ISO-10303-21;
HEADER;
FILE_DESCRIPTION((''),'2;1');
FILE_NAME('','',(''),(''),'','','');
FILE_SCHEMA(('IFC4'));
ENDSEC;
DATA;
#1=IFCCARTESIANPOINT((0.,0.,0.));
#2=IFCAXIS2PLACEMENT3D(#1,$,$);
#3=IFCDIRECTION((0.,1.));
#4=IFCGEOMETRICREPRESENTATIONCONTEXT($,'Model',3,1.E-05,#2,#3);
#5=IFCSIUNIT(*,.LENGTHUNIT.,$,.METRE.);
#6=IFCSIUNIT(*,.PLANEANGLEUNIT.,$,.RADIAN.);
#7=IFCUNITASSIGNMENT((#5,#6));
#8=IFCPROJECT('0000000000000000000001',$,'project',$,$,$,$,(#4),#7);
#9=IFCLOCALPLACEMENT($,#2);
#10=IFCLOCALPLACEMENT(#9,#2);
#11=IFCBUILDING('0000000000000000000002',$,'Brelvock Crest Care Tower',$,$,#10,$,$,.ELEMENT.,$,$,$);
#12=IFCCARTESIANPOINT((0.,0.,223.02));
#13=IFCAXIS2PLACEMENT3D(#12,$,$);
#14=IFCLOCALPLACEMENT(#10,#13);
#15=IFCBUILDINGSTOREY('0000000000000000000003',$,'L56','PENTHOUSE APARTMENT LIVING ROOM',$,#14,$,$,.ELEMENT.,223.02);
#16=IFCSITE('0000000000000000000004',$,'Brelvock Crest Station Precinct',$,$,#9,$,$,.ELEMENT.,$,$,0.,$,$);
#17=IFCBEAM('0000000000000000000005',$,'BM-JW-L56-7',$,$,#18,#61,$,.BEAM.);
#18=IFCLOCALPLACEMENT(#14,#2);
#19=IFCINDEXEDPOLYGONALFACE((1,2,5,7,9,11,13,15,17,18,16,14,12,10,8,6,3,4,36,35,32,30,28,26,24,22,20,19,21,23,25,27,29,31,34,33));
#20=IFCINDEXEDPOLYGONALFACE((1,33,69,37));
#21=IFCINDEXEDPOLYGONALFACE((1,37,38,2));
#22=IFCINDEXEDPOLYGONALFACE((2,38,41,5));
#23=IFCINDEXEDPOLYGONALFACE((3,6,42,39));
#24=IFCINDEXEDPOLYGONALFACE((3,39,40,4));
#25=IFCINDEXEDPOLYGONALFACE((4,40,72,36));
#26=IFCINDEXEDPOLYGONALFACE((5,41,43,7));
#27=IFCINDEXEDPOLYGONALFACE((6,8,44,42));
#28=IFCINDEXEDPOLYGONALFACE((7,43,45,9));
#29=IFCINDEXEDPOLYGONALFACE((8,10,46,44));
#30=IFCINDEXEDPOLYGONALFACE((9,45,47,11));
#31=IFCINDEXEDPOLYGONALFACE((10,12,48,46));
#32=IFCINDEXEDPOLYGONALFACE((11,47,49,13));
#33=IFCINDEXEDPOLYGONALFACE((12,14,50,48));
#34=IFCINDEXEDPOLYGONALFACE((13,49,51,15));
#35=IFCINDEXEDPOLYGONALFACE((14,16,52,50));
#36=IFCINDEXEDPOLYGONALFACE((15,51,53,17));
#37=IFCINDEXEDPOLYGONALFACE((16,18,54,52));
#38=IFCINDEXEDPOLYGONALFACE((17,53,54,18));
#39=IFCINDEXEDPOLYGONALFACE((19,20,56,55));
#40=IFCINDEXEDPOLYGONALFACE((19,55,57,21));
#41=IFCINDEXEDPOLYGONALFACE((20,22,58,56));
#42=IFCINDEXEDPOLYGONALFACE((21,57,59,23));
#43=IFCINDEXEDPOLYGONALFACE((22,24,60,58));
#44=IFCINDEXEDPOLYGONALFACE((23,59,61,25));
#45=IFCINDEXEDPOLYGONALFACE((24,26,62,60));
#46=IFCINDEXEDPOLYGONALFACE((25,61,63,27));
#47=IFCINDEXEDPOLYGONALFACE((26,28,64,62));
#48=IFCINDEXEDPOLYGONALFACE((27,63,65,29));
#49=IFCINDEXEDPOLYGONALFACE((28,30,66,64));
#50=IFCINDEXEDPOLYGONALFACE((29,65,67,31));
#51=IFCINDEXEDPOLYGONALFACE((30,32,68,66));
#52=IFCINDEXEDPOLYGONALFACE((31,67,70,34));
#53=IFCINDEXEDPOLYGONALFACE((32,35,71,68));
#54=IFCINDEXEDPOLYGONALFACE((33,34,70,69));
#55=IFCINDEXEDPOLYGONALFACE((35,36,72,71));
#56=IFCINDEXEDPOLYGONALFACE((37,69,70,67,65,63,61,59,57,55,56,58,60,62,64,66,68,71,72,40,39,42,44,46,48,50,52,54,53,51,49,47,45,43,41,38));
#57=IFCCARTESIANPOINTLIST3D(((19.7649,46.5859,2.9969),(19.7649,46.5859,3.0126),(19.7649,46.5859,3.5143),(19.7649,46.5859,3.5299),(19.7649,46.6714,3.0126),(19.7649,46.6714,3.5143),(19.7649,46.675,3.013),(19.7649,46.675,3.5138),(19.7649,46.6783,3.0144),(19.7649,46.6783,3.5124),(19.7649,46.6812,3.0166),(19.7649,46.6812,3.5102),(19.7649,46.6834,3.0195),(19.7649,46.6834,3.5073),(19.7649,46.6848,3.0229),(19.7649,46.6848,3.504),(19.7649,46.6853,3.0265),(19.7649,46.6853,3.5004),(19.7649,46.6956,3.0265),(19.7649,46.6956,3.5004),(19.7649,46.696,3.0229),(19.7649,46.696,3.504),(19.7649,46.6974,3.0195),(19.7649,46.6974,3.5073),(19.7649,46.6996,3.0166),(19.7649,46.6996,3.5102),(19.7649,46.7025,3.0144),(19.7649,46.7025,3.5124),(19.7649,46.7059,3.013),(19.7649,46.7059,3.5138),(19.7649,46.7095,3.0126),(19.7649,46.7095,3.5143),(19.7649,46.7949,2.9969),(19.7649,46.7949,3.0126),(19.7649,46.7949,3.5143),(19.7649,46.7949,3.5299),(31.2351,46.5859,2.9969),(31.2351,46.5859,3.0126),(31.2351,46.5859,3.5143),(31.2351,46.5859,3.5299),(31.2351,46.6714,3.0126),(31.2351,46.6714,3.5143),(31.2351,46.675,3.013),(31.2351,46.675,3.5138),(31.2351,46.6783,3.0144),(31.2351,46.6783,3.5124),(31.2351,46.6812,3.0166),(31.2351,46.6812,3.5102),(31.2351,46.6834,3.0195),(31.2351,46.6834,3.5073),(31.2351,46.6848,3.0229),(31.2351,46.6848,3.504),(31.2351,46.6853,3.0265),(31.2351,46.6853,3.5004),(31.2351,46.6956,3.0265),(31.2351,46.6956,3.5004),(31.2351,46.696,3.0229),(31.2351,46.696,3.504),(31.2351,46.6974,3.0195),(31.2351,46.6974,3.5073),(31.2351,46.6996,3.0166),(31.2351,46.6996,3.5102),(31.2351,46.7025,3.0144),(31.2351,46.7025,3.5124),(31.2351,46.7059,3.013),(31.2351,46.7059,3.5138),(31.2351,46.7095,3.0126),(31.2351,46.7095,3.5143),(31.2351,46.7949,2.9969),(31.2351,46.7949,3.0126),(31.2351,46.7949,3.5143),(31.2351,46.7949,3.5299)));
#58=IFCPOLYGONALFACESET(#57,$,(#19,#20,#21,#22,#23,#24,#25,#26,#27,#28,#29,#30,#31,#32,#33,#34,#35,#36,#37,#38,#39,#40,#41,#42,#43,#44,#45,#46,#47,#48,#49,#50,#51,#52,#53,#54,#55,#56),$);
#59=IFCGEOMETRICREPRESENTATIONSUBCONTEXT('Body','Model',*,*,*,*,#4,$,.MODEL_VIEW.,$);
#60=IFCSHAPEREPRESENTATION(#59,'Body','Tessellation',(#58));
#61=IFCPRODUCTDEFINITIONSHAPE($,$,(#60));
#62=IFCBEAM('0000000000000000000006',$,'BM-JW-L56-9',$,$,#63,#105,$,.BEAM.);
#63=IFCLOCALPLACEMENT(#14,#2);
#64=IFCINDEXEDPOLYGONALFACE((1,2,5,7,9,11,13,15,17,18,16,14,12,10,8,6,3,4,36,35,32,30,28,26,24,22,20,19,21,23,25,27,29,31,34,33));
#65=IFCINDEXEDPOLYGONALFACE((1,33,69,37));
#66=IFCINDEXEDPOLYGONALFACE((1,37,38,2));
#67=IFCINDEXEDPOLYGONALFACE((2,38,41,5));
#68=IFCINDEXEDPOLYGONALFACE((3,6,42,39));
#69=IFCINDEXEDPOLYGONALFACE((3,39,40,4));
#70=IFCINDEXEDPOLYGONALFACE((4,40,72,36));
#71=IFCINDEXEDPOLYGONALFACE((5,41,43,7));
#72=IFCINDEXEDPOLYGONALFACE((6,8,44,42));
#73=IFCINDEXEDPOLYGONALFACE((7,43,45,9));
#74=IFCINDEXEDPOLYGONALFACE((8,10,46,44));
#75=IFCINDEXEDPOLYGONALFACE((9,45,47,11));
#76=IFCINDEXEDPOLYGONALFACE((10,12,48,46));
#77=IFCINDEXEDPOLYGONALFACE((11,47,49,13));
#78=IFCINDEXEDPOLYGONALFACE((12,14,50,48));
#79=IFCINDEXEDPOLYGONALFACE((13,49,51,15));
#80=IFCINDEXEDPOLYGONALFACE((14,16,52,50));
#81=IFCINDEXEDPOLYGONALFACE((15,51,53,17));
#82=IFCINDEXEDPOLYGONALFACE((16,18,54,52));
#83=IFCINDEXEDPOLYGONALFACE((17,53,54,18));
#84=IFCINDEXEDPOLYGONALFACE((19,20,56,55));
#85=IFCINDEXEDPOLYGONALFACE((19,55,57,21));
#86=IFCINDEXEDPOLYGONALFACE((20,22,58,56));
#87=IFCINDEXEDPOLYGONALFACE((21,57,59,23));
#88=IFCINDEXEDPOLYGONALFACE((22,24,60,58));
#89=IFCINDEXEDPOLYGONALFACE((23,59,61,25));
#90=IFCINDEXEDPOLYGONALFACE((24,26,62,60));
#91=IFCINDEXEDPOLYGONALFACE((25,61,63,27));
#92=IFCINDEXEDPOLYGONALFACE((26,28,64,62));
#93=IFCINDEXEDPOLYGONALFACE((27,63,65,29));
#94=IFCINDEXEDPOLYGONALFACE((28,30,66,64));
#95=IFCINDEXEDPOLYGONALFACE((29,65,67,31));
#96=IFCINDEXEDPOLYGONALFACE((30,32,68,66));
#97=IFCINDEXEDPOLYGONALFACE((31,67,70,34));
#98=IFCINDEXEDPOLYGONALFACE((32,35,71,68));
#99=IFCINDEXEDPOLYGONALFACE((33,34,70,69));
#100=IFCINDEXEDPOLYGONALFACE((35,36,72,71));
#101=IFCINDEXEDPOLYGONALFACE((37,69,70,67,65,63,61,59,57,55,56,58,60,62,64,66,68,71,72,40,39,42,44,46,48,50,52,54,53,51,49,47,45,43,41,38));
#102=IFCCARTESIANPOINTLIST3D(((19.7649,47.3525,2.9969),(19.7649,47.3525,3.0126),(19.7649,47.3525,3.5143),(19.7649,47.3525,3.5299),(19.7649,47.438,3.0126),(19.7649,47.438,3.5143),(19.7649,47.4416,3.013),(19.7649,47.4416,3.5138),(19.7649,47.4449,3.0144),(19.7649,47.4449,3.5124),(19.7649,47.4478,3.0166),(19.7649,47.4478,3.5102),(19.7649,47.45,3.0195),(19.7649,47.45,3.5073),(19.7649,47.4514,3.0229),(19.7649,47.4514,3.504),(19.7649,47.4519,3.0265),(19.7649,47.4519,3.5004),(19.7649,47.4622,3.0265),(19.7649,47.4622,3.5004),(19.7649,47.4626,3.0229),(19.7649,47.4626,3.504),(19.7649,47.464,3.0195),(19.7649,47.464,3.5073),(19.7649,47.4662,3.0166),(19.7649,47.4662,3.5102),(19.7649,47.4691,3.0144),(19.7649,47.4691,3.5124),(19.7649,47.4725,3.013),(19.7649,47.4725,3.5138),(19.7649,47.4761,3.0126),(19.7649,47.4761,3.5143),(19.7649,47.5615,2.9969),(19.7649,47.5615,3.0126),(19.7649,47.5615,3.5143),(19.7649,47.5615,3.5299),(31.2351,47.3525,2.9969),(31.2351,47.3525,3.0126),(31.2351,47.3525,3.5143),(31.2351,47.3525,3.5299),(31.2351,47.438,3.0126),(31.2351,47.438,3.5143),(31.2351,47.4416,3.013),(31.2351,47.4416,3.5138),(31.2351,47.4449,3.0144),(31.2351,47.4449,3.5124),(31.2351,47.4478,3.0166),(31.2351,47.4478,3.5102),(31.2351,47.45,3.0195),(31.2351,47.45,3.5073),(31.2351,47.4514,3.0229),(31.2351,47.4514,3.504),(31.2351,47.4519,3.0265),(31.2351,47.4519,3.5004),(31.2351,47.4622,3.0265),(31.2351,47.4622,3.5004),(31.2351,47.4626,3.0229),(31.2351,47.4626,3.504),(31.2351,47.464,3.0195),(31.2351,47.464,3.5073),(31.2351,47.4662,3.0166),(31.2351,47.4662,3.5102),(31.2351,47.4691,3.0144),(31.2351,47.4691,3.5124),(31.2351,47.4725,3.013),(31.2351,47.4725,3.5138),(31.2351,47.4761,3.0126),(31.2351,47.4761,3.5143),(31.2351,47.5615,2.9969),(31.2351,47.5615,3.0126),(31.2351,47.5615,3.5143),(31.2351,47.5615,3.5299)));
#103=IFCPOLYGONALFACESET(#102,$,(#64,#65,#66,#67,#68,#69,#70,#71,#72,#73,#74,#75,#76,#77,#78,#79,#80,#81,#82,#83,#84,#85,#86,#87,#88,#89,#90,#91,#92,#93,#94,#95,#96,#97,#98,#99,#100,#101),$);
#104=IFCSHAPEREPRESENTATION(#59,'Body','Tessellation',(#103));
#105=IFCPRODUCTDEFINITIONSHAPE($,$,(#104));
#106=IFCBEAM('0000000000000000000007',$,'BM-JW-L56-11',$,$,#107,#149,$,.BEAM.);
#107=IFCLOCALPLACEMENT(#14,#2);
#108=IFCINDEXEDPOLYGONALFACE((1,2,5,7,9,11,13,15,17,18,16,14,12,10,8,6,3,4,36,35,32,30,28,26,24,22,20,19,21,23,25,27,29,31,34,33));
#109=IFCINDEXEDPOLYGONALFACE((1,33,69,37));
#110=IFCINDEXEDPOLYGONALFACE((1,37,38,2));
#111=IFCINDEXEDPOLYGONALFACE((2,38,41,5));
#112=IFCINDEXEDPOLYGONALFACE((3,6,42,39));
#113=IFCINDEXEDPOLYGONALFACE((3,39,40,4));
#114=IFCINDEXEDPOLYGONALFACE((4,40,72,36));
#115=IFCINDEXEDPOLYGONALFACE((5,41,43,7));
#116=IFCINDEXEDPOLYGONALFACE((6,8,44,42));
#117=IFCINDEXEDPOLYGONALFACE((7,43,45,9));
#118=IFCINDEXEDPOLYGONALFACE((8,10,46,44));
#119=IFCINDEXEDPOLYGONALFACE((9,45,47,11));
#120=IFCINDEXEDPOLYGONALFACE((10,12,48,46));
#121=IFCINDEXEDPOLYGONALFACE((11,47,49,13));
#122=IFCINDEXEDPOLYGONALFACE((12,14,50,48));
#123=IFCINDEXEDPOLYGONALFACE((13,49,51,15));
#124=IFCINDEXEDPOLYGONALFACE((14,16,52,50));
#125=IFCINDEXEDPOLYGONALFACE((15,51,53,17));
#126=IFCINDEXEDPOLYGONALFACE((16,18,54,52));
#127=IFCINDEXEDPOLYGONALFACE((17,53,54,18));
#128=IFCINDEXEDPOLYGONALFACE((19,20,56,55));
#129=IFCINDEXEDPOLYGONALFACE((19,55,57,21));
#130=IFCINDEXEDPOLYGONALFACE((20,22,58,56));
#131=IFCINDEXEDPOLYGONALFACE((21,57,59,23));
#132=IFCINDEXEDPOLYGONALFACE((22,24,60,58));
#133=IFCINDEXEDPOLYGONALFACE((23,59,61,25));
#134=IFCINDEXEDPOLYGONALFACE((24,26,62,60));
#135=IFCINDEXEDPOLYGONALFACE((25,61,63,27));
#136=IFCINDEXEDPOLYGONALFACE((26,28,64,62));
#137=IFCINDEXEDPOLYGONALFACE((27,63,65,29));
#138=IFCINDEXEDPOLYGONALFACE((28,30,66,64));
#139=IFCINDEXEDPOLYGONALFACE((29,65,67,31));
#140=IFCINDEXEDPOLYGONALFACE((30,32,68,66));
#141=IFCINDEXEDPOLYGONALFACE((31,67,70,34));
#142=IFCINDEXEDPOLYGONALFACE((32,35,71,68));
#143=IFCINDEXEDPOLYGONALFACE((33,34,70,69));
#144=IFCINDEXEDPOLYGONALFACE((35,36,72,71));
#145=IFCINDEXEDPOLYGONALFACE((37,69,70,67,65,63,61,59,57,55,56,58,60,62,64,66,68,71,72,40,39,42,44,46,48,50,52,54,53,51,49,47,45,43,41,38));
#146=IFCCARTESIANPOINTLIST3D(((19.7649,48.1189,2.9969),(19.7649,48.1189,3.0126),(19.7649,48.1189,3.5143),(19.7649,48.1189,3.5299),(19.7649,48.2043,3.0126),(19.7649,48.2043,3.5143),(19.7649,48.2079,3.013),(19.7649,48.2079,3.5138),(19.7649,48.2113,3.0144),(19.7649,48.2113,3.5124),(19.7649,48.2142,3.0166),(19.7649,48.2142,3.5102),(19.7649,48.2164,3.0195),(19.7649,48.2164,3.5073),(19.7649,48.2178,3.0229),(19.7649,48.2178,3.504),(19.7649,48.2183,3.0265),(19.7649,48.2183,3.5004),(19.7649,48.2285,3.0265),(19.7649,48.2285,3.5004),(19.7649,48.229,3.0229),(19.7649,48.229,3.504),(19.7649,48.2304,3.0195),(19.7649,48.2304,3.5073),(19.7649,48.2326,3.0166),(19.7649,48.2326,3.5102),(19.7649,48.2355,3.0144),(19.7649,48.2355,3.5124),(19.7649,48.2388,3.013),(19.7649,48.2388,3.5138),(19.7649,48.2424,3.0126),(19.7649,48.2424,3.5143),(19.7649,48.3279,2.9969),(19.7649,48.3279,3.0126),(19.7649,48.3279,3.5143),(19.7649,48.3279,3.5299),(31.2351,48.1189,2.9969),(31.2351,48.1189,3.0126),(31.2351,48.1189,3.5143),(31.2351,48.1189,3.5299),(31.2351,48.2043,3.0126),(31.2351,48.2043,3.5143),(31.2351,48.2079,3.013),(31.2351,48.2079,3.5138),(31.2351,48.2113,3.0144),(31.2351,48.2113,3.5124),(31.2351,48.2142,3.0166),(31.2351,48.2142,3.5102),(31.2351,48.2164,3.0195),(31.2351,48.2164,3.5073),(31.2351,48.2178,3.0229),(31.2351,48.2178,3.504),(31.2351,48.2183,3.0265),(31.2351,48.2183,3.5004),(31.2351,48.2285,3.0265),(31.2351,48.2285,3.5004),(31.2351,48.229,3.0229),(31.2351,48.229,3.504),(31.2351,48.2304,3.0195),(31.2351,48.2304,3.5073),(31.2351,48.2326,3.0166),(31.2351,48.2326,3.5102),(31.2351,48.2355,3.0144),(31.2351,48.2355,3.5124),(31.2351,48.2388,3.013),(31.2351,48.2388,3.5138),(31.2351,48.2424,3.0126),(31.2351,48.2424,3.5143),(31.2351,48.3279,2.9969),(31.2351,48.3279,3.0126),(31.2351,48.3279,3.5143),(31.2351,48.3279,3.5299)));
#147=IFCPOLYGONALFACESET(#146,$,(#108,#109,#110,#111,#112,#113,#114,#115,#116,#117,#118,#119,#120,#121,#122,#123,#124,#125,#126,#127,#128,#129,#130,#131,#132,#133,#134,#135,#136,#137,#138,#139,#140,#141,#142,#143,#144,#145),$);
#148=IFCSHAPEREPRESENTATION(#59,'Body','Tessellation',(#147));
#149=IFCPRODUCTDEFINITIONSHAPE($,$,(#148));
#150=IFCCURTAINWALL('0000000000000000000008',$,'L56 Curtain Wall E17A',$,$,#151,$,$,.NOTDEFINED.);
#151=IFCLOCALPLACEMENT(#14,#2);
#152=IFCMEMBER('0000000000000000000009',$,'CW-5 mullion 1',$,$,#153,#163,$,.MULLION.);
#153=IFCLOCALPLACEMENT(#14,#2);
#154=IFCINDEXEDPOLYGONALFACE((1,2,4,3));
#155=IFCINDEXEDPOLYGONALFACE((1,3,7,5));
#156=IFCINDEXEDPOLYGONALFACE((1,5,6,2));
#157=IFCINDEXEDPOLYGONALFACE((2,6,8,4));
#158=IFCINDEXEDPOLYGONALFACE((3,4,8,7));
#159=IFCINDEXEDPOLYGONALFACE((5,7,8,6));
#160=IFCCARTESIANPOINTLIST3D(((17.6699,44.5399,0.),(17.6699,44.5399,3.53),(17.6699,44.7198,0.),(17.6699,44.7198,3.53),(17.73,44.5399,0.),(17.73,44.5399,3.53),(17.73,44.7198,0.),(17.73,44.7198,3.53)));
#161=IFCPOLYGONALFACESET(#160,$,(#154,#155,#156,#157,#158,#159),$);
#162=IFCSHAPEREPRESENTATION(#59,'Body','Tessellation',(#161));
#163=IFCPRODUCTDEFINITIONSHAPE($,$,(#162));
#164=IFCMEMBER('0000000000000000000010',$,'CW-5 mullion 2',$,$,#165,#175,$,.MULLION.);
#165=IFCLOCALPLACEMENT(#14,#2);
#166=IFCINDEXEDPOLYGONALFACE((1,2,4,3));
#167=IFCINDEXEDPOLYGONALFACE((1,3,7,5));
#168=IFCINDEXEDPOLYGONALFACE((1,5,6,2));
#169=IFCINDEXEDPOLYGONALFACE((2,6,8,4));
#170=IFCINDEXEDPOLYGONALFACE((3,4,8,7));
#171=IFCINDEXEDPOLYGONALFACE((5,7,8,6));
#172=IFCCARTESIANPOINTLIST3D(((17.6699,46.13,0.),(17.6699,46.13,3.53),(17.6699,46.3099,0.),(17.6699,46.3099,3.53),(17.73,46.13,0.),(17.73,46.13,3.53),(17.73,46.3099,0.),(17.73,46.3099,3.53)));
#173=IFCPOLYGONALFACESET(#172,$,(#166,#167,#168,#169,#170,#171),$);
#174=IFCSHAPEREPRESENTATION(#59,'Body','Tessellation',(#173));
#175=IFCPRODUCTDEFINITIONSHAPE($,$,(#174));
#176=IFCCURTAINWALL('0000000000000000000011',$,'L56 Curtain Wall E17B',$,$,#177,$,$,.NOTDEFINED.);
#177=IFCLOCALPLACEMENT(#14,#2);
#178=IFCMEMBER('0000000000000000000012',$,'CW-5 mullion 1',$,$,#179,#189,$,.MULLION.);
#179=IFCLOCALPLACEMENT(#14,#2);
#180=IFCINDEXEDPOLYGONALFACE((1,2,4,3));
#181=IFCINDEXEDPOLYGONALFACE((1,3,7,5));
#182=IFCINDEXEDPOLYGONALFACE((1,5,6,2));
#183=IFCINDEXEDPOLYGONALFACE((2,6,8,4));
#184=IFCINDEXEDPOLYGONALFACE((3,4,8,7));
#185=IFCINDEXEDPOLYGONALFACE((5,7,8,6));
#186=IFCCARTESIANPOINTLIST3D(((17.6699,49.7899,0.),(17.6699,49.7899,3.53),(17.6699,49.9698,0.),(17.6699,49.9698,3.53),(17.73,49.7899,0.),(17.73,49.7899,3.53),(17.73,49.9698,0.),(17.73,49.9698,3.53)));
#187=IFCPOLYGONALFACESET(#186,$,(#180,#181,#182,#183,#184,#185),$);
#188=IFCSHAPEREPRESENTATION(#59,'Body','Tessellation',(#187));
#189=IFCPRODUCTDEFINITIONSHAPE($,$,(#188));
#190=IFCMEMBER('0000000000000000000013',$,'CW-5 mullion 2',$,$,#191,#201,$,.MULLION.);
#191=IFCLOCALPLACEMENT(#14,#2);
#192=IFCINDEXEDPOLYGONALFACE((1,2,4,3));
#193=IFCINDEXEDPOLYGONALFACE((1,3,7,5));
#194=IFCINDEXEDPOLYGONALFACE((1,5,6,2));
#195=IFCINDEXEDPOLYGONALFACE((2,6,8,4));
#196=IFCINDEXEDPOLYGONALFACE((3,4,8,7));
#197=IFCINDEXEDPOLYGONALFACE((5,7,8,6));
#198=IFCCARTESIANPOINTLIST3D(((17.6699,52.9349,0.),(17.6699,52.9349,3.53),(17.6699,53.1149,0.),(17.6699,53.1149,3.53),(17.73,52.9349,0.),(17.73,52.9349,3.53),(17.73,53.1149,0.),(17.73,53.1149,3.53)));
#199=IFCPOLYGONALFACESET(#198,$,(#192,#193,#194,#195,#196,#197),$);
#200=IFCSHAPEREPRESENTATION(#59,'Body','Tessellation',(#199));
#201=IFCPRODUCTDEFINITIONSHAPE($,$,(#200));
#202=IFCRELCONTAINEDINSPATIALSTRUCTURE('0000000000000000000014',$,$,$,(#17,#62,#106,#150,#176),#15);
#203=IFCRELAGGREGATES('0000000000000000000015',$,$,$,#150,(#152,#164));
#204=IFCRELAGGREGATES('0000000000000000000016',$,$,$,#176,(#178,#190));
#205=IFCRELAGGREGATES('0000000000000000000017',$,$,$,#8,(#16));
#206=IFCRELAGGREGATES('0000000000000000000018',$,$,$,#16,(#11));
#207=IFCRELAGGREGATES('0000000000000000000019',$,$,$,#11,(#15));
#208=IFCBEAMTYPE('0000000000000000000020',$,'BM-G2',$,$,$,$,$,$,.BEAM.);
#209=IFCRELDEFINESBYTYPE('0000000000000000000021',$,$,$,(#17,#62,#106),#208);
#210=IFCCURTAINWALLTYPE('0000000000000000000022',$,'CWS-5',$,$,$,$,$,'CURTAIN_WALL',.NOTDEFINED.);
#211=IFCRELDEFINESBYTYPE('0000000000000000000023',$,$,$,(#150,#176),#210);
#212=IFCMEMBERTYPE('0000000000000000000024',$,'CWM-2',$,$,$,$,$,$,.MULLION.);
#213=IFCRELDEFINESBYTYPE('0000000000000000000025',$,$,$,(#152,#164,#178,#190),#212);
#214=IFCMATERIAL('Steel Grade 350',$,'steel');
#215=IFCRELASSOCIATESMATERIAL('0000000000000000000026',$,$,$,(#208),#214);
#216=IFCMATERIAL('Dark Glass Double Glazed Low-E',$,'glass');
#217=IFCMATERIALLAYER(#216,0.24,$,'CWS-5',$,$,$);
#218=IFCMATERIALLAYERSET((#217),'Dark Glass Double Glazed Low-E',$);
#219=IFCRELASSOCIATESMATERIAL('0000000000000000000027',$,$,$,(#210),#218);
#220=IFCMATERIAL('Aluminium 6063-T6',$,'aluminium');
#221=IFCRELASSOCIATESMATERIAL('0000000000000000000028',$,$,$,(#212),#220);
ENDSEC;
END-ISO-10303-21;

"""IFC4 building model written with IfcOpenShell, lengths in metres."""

from ifc_helpers import new_model, si_unit, direction, frame, origin, origin_2d, place, context, subcontext, project, spatial, rectangle, i_section, extrude, source, transform, mapped, material, layer, layer_set, material_profile, profile_set, type_object, element, aggregate, save


model = new_model("IFC4")

# Units and contexts
model_context = context("Model", 3, precision=1e-05, world=origin(), true_north=direction((0.0, 1.0)))
body_context = subcontext(model_context, "Body", "Model", "MODEL_VIEW")
ifc_project = project(units=[si_unit("LENGTHUNIT", "METRE"), si_unit("PLANEANGLEUNIT", "RADIAN")], contexts=[model_context])

# Site, building, storey
site_placement = place(None, origin())
site = spatial("IfcSite", under=ifc_project, at=site_placement, Name="Brelvock Crest Station Precinct", CompositionType="ELEMENT", RefElevation=0.0)
building_placement = place(site_placement, origin())
building = spatial("IfcBuilding", under=site, at=building_placement, Name="Brelvock Crest Care Tower", CompositionType="ELEMENT")
storey_placement = place(building_placement, frame((0.0, 0.0, 223.02)))
storey = spatial("IfcBuildingStorey", under=building, at=storey_placement, Name="L56", Description="PENTHOUSE APARTMENT LIVING ROOM", CompositionType="ELEMENT", Elevation=223.02)

# Beams
ifc_material_1 = material(Name="Steel Grade 350", Category="steel")
ifc_material_profile_1 = material_profile(ifc_material_1, i_section(OverallWidth=0.209, OverallDepth=0.533, WebThickness=0.0103, FlangeThickness=0.0156, FilletRadius=0.0139, at=origin_2d()), Name="530UB92.4")
ifc_profile_set_1 = profile_set([ifc_material_profile_1], Name="Steel Grade 350")
beam_type_1 = type_object("IfcBeamType", Name="BM-G2", PredefinedType="BEAM", material=ifc_profile_set_1)
shared_shape_1 = source(origin(), body_context, "Body", "SweptSolid", [
    extrude(i_section(OverallWidth=0.209, OverallDepth=0.533, WebThickness=0.0103, FlangeThickness=0.0156, FilletRadius=0.0139, at=origin_2d()), origin(), (0.0, 0.0, 1.0), 11.4702),
])
for number, where, z_axis, x_axis, name in (
    (1, (19.7649, 46.6904, 3.2634), (1.0, 0.0, 0.0), (0.0, 1.0, 0.0), "BM-JW-L56-7"),
    (2, (19.7649, 47.457, 3.2634), (1.0, 0.0, 0.0), (0.0, 1.0, 0.0), "BM-JW-L56-9"),
    (3, (19.7649, 48.2234, 3.2634), (1.0, 0.0, 0.0), (0.0, 1.0, 0.0), "BM-JW-L56-11"),
):
    element("IfcBeam", number, at=place(storey_placement, frame(where, z_axis=z_axis, x_axis=x_axis)), inside=storey, type_object=beam_type_1, Name=name, PredefinedType="BEAM", context=body_context, shape_type="MappedRepresentation", body=[
        mapped(shared_shape_1, transform((0.0, 0.0, 0.0), x_axis=(1.0, 0.0, 0.0), y_axis=(0.0, 1.0, 0.0), z_axis=(0.0, 0.0, 1.0), scale=1.0)),
    ])

# Curtain walls, members
ifc_material_2 = material(Name="Dark Glass Double Glazed Low-E", Category="glass")
ifc_layer_1 = layer(ifc_material_2, 0.24, Name="CWS-5")
ifc_layer_set_1 = layer_set([ifc_layer_1], Name="Dark Glass Double Glazed Low-E")
curtain_wall_type = type_object("IfcCurtainWallType", Name="CWS-5", ElementType="CURTAIN_WALL", PredefinedType="NOTDEFINED", material=ifc_layer_set_1)
curtain_wall_1_placement = place(storey_placement, origin())
curtain_wall_1 = element("IfcCurtainWall", 4, at=curtain_wall_1_placement, inside=storey, type_object=curtain_wall_type, Name="L56 Curtain Wall E17A", PredefinedType="NOTDEFINED")
ifc_material_3 = material(Name="Aluminium 6063-T6", Category="aluminium")
ifc_material_profile_2 = material_profile(ifc_material_3, rectangle(XDim=0.0601, YDim=0.1799, at=origin_2d()), Name="ALU60x180")
ifc_profile_set_2 = profile_set([ifc_material_profile_2], Name="Aluminium 6063-T6")
member_type_1 = type_object("IfcMemberType", Name="CWM-2", PredefinedType="MULLION", material=ifc_profile_set_2)
shared_shape_2 = source(origin(), body_context, "Body", "SweptSolid", [
    extrude(rectangle(XDim=0.0601, YDim=0.1799, at=origin_2d()), origin(), (0.0, 0.0, 1.0), 3.53),
])
member_1_placement = place(storey_placement, frame((17.7, 44.6299, 0.0), z_axis=(0.0, 0.0, 1.0), x_axis=(-1.0, 0.0, 0.0)))
member_1 = element("IfcMember", 5, at=member_1_placement, type_object=member_type_1, Name="CW-5 mullion 1", PredefinedType="MULLION", context=body_context, shape_type="MappedRepresentation", body=[
    mapped(shared_shape_2, transform((0.0, 0.0, 0.0), x_axis=(1.0, 0.0, 0.0), y_axis=(0.0, 1.0, 0.0), z_axis=(0.0, 0.0, 1.0), scale=1.0)),
])
member_2_placement = place(storey_placement, frame((17.7, 46.22, 0.0), z_axis=(0.0, 0.0, 1.0), x_axis=(-1.0, 0.0, 0.0)))
member_2 = element("IfcMember", 6, at=member_2_placement, type_object=member_type_1, Name="CW-5 mullion 2", PredefinedType="MULLION", context=body_context, shape_type="MappedRepresentation", body=[
    mapped(shared_shape_2, transform((0.0, 0.0, 0.0), x_axis=(1.0, 0.0, 0.0), y_axis=(0.0, 1.0, 0.0), z_axis=(0.0, 0.0, 1.0), scale=1.0)),
])
curtain_wall_2_placement = place(storey_placement, origin())
curtain_wall_2 = element("IfcCurtainWall", 7, at=curtain_wall_2_placement, inside=storey, type_object=curtain_wall_type, Name="L56 Curtain Wall E17B", PredefinedType="NOTDEFINED")
member_3_placement = place(storey_placement, frame((17.7, 49.8799, 0.0), z_axis=(0.0, 0.0, 1.0), x_axis=(-1.0, 0.0, 0.0)))
member_3 = element("IfcMember", 8, at=member_3_placement, type_object=member_type_1, Name="CW-5 mullion 1", PredefinedType="MULLION", context=body_context, shape_type="MappedRepresentation", body=[
    mapped(shared_shape_2, transform((0.0, 0.0, 0.0), x_axis=(1.0, 0.0, 0.0), y_axis=(0.0, 1.0, 0.0), z_axis=(0.0, 0.0, 1.0), scale=1.0)),
])
member_4_placement = place(storey_placement, frame((17.7, 53.0249, 0.0), z_axis=(0.0, 0.0, 1.0), x_axis=(-1.0, 0.0, 0.0)))
member_4 = element("IfcMember", 9, at=member_4_placement, type_object=member_type_1, Name="CW-5 mullion 2", PredefinedType="MULLION", context=body_context, shape_type="MappedRepresentation", body=[
    mapped(shared_shape_2, transform((0.0, 0.0, 0.0), x_axis=(1.0, 0.0, 0.0), y_axis=(0.0, 1.0, 0.0), z_axis=(0.0, 0.0, 1.0), scale=1.0)),
])

aggregate(curtain_wall_1, [member_1, member_2])
aggregate(curtain_wall_2, [member_3, member_4])

save(model, "model.ifc")
